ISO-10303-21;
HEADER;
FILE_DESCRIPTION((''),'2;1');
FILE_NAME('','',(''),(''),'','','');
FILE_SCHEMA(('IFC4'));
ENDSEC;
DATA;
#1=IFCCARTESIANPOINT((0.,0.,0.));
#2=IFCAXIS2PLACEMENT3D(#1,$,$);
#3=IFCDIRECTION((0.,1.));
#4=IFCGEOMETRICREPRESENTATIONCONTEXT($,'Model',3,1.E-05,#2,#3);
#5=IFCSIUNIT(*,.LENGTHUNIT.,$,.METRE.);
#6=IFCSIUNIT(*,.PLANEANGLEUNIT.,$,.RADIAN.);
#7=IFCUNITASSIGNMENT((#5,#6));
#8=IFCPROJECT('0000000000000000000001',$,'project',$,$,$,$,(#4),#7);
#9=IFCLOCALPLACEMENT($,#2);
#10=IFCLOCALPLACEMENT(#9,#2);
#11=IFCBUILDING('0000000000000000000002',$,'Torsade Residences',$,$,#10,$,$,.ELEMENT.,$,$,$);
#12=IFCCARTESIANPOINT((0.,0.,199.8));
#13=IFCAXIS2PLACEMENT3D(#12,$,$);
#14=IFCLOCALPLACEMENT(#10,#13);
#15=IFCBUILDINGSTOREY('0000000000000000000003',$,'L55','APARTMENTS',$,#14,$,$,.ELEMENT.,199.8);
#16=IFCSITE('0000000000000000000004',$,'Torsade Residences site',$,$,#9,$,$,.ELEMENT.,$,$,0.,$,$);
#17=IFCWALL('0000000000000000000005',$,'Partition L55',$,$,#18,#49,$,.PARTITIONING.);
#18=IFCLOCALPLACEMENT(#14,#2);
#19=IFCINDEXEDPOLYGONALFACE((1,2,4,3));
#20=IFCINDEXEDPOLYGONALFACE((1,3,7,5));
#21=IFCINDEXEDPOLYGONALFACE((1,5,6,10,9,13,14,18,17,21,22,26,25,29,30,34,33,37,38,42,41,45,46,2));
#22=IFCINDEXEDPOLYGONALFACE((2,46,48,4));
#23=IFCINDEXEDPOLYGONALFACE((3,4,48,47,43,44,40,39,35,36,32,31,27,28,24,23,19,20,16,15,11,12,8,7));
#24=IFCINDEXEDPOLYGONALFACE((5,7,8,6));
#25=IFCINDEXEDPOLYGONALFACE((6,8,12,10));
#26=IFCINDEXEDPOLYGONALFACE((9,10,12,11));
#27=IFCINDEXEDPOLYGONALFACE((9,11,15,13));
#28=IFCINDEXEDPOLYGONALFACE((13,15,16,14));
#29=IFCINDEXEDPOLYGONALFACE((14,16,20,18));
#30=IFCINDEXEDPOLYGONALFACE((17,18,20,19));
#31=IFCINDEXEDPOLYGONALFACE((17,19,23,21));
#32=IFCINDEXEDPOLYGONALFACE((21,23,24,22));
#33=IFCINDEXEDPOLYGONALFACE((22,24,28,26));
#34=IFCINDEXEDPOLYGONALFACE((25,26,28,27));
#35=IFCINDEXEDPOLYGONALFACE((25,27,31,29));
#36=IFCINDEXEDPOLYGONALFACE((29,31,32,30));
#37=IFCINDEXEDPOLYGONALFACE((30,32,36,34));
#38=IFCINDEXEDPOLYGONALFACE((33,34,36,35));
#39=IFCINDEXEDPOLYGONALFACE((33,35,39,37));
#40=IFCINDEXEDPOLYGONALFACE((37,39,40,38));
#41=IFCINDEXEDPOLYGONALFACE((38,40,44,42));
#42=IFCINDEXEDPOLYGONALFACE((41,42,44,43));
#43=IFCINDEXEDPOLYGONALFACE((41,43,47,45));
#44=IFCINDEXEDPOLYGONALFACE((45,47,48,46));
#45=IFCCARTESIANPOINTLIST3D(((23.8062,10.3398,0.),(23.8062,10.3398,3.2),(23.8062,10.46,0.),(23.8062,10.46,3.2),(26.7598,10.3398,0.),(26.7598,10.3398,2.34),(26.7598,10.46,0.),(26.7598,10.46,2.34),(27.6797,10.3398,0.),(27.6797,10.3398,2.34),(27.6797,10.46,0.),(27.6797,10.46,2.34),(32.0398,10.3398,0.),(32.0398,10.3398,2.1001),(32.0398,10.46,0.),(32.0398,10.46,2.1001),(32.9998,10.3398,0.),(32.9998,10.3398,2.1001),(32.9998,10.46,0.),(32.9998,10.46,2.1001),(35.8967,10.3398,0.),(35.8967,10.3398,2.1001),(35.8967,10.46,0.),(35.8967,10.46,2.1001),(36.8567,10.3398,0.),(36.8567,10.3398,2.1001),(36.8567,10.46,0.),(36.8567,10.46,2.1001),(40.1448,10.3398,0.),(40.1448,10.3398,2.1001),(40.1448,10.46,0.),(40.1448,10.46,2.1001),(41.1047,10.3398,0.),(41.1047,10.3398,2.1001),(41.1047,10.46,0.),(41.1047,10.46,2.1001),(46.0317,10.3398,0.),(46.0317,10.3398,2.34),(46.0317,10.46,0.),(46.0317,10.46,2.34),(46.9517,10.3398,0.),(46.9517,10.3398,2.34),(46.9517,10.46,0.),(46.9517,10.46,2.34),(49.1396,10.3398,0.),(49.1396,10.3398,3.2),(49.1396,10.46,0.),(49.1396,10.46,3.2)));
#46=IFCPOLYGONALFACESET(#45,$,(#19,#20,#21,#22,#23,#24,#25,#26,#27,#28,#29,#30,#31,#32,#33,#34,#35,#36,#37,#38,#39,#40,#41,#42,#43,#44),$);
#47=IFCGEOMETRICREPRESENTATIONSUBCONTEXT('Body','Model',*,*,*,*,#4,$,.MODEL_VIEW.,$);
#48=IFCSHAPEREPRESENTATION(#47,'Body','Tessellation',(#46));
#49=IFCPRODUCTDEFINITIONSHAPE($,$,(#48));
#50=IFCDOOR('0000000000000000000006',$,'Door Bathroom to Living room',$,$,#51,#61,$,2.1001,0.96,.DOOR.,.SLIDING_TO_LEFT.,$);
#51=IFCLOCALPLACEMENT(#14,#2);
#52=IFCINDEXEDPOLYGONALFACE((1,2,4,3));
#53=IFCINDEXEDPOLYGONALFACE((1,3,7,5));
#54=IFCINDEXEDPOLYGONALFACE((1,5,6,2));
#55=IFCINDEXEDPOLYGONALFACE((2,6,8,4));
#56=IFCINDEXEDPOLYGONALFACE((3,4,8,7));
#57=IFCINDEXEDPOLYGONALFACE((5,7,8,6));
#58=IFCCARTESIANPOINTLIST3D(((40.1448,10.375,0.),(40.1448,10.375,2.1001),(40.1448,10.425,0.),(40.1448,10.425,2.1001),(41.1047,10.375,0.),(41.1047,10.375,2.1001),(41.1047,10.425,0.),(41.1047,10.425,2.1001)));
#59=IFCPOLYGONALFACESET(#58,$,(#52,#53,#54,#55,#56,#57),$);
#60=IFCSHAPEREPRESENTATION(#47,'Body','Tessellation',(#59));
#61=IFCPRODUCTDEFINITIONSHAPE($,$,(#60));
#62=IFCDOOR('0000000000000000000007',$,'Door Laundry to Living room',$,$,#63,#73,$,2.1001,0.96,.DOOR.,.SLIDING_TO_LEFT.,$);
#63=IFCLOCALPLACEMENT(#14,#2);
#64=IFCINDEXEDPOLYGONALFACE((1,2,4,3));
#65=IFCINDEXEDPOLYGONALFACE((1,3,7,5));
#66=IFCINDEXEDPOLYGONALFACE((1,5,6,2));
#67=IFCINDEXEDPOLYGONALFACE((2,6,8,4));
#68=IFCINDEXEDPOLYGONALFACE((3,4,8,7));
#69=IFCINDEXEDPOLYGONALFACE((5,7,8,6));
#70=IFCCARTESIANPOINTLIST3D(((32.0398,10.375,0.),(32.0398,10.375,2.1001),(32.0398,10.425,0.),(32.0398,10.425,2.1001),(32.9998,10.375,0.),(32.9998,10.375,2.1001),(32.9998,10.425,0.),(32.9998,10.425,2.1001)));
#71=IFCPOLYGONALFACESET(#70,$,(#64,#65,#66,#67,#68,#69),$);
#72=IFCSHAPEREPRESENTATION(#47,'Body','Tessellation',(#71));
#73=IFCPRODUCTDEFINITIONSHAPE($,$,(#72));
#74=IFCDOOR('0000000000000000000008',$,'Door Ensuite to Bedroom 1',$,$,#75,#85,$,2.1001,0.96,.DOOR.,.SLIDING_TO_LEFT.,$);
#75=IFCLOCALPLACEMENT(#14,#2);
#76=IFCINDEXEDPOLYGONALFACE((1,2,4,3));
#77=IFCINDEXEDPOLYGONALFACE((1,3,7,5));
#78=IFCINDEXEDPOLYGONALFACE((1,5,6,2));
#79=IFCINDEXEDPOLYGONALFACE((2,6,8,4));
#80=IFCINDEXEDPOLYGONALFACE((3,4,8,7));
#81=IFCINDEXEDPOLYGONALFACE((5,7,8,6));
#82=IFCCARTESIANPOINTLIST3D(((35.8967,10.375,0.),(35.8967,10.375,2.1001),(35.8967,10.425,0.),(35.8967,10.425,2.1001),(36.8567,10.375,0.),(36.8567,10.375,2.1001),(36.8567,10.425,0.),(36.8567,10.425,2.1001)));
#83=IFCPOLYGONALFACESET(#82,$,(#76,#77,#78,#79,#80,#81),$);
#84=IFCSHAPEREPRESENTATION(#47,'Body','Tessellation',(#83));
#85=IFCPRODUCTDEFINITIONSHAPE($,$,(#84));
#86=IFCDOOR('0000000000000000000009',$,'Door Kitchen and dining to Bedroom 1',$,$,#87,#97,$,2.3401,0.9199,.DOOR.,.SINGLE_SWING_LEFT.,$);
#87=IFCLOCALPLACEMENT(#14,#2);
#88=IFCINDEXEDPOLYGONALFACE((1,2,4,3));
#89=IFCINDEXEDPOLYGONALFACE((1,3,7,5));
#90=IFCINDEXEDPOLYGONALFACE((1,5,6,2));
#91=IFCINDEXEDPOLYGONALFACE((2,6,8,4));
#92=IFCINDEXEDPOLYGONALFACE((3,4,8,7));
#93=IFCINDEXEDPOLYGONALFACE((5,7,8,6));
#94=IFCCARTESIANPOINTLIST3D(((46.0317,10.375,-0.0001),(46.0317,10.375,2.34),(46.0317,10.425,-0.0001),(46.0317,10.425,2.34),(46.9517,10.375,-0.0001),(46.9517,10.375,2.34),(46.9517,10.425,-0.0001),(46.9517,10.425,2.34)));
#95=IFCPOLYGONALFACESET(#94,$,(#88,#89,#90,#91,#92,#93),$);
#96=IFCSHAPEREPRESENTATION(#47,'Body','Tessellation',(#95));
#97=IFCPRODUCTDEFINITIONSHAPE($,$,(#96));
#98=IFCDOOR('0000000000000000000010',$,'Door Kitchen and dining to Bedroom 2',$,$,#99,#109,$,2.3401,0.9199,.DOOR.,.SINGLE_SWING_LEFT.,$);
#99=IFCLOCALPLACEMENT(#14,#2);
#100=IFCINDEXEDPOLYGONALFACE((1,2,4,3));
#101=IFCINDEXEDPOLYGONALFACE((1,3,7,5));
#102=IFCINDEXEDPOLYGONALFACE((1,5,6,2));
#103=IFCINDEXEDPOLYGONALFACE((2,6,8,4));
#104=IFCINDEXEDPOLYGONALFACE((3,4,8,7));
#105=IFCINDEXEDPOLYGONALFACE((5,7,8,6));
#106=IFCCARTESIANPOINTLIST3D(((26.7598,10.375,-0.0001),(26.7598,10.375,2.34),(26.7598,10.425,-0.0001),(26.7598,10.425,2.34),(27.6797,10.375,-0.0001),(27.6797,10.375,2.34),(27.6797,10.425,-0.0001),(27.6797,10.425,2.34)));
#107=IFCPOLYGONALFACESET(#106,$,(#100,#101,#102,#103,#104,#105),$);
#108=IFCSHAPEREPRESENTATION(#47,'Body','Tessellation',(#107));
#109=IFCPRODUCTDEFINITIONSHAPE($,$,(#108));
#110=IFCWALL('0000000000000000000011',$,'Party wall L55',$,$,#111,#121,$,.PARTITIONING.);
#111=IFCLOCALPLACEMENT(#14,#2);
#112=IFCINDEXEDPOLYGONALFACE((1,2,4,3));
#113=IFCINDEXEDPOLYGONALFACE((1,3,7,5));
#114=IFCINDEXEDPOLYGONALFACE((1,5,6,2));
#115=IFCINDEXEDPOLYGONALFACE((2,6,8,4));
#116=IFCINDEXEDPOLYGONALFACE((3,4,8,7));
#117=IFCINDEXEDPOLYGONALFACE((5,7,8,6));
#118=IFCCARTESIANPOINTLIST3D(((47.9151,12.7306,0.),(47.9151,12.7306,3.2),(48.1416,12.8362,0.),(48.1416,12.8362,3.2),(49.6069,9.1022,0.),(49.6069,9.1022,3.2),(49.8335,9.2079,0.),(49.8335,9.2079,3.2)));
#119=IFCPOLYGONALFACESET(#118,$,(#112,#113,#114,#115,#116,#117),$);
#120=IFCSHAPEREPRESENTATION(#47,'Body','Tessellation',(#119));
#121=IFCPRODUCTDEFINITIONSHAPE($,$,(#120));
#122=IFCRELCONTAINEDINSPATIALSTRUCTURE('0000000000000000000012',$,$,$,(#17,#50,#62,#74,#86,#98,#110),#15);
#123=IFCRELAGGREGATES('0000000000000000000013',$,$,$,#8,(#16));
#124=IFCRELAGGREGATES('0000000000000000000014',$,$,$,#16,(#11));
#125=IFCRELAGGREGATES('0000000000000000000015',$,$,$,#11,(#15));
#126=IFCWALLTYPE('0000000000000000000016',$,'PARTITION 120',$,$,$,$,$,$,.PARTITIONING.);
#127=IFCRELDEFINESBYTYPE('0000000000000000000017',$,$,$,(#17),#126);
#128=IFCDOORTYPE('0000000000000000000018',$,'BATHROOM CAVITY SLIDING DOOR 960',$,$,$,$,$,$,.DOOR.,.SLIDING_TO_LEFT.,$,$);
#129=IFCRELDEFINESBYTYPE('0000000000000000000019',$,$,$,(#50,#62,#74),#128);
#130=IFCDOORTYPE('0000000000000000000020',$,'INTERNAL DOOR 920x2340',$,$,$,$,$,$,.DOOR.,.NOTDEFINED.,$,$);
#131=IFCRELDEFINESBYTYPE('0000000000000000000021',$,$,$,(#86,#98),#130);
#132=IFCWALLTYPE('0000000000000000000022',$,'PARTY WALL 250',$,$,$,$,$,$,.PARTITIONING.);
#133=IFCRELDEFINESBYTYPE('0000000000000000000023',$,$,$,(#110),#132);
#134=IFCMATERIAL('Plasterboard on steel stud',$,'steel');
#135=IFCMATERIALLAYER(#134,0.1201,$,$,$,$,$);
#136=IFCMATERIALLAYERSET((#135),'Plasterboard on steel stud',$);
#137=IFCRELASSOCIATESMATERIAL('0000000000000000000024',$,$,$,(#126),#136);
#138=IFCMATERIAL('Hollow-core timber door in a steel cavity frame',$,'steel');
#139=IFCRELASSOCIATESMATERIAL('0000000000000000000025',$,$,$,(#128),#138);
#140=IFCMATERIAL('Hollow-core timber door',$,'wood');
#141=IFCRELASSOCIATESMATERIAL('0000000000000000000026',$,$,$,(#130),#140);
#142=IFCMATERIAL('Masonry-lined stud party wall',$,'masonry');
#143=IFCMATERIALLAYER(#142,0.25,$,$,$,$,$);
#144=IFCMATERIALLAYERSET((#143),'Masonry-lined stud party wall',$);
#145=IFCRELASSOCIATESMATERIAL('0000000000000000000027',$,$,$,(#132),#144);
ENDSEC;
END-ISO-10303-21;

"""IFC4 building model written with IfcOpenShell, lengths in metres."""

from ifc_helpers import new_model, si_unit, direction, frame, frame_2d, origin, place, context, subcontext, project, spatial, rectangle, extrude, material, layer, layer_set, type_object, element, fill, save


model = new_model("IFC4")

# Units and contexts
model_context = context("Model", 3, precision=1e-05, world=origin(), true_north=direction((0.0, 1.0)))
body_context = subcontext(model_context, "Body", "Model", "MODEL_VIEW")
ifc_project = project(units=[si_unit("LENGTHUNIT", "METRE"), si_unit("PLANEANGLEUNIT", "RADIAN")], contexts=[model_context])

# Site, building, storey
site_placement = place(None, origin())
site = spatial("IfcSite", under=ifc_project, at=site_placement, Name="Torsade Residences site", CompositionType="ELEMENT", RefElevation=0.0)
building_placement = place(site_placement, origin())
building = spatial("IfcBuilding", under=site, at=building_placement, Name="Torsade Residences", CompositionType="ELEMENT")
storey_placement = place(building_placement, frame((0.0, 0.0, 199.8)))
storey = spatial("IfcBuildingStorey", under=building, at=storey_placement, Name="L55", Description="APARTMENTS", CompositionType="ELEMENT", Elevation=199.8)

# Wall, openings, doors
ifc_material_1 = material(Name="Plasterboard on steel stud", Category="steel")
ifc_layer_1 = layer(ifc_material_1, 0.1201)
ifc_layer_set_1 = layer_set([ifc_layer_1], Name="Plasterboard on steel stud")
wall_type_1 = type_object("IfcWallType", Name="PARTITION 120", PredefinedType="PARTITIONING", material=ifc_layer_set_1)
wall_1_placement = place(storey_placement, frame((49.1396, 10.3999, 0.0), z_axis=(0.0, 0.0, 1.0), x_axis=(-1.0, 0.0, 0.0)))
wall_1 = element("IfcWall", 1, at=wall_1_placement, inside=storey, type_object=wall_type_1, Name="Partition L55", PredefinedType="PARTITIONING", context=body_context, shape_type="SweptSolid", body=[
    extrude(rectangle(XDim=25.3335, YDim=0.1201, at=frame_2d((12.6667, 0.0))), origin(), (0.0, 0.0, 1.0), 3.2),
])
opening_1_placement = place(wall_1_placement, frame((2.188, 0.0, 0.0)))
opening_1 = element("IfcOpeningElement", 2, at=opening_1_placement, cuts=wall_1, PredefinedType="OPENING", context=body_context, shape_type="SweptSolid", body=[
    extrude(rectangle(XDim=0.9199, YDim=2.3401, at=frame_2d((0.46, 1.1699))), frame((0.0, 0.0701, 0.0), z_axis=(0.0, -1.0, 0.0), x_axis=(1.0, 0.0, 0.0)), (0.0, 0.0, 1.0), 0.1401),
])
opening_2_placement = place(wall_1_placement, frame((21.46, 0.0, 0.0)))
opening_2 = element("IfcOpeningElement", 3, at=opening_2_placement, cuts=wall_1, PredefinedType="OPENING", context=body_context, shape_type="SweptSolid", body=[
    extrude(rectangle(XDim=0.9199, YDim=2.3401, at=frame_2d((0.46, 1.1699))), frame((0.0, 0.0701, 0.0), z_axis=(0.0, -1.0, 0.0), x_axis=(1.0, 0.0, 0.0)), (0.0, 0.0, 1.0), 0.1401),
])
opening_3_placement = place(wall_1_placement, frame((8.0349, 0.0, 0.0)))
opening_3 = element("IfcOpeningElement", 4, at=opening_3_placement, cuts=wall_1, PredefinedType="OPENING", context=body_context, shape_type="SweptSolid", body=[
    extrude(rectangle(XDim=0.96, YDim=2.1001, at=frame_2d((0.48, 1.05))), frame((0.0, 0.0701, 0.0), z_axis=(0.0, -1.0, 0.0), x_axis=(1.0, 0.0, 0.0)), (0.0, 0.0, 1.0), 0.1401),
])
opening_4_placement = place(wall_1_placement, frame((16.1399, 0.0, 0.0)))
opening_4 = element("IfcOpeningElement", 5, at=opening_4_placement, cuts=wall_1, PredefinedType="OPENING", context=body_context, shape_type="SweptSolid", body=[
    extrude(rectangle(XDim=0.96, YDim=2.1001, at=frame_2d((0.48, 1.05))), frame((0.0, 0.0701, 0.0), z_axis=(0.0, -1.0, 0.0), x_axis=(1.0, 0.0, 0.0)), (0.0, 0.0, 1.0), 0.1401),
])
opening_5_placement = place(wall_1_placement, frame((12.283, 0.0, 0.0)))
opening_5 = element("IfcOpeningElement", 6, at=opening_5_placement, cuts=wall_1, PredefinedType="OPENING", context=body_context, shape_type="SweptSolid", body=[
    extrude(rectangle(XDim=0.96, YDim=2.1001, at=frame_2d((0.48, 1.05))), frame((0.0, 0.0701, 0.0), z_axis=(0.0, -1.0, 0.0), x_axis=(1.0, 0.0, 0.0)), (0.0, 0.0, 1.0), 0.1401),
])
ifc_material_2 = material(Name="Hollow-core timber door in a steel cavity frame", Category="steel")
door_type_1 = type_object("IfcDoorType", Name="BATHROOM CAVITY SLIDING DOOR 960", OperationType="SLIDING_TO_LEFT", PredefinedType="DOOR", material=ifc_material_2)
door_1_placement = place(opening_3_placement, origin())
door_1 = element("IfcDoor", 7, at=door_1_placement, inside=storey, type_object=door_type_1, Name="Door Bathroom to Living room", OperationType="SLIDING_TO_LEFT", OverallHeight=2.1001, OverallWidth=0.96, PredefinedType="DOOR", context=body_context, shape_type="SweptSolid", body=[
    extrude(rectangle(XDim=0.96, YDim=2.1001, at=frame_2d((0.48, 1.05))), frame((0.0, 0.0249, 0.0), z_axis=(0.0, -1.0, 0.0), x_axis=(1.0, 0.0, 0.0)), (0.0, 0.0, 1.0), 0.05),
])
fill(opening_3, door_1)
door_2_placement = place(opening_4_placement, origin())
door_2 = element("IfcDoor", 8, at=door_2_placement, inside=storey, type_object=door_type_1, Name="Door Laundry to Living room", OperationType="SLIDING_TO_LEFT", OverallHeight=2.1001, OverallWidth=0.96, PredefinedType="DOOR", context=body_context, shape_type="SweptSolid", body=[
    extrude(rectangle(XDim=0.96, YDim=2.1001, at=frame_2d((0.48, 1.05))), frame((0.0, 0.0249, 0.0), z_axis=(0.0, -1.0, 0.0), x_axis=(1.0, 0.0, 0.0)), (0.0, 0.0, 1.0), 0.05),
])
fill(opening_4, door_2)
door_3_placement = place(opening_5_placement, origin())
door_3 = element("IfcDoor", 9, at=door_3_placement, inside=storey, type_object=door_type_1, Name="Door Ensuite to Bedroom 1", OperationType="SLIDING_TO_LEFT", OverallHeight=2.1001, OverallWidth=0.96, PredefinedType="DOOR", context=body_context, shape_type="SweptSolid", body=[
    extrude(rectangle(XDim=0.96, YDim=2.1001, at=frame_2d((0.48, 1.05))), frame((0.0, 0.0249, 0.0), z_axis=(0.0, -1.0, 0.0), x_axis=(1.0, 0.0, 0.0)), (0.0, 0.0, 1.0), 0.05),
])
fill(opening_5, door_3)
ifc_material_3 = material(Name="Hollow-core timber door", Category="wood")
door_type_2 = type_object("IfcDoorType", Name="INTERNAL DOOR 920x2340", OperationType="NOTDEFINED", PredefinedType="DOOR", material=ifc_material_3)
door_4_placement = place(opening_1_placement, origin())
door_4 = element("IfcDoor", 10, at=door_4_placement, inside=storey, type_object=door_type_2, Name="Door Kitchen and dining to Bedroom 1", OperationType="SINGLE_SWING_LEFT", OverallHeight=2.3401, OverallWidth=0.9199, PredefinedType="DOOR", context=body_context, shape_type="SweptSolid", body=[
    extrude(rectangle(XDim=0.9199, YDim=2.3401, at=frame_2d((0.46, 1.1699))), frame((0.0, 0.0249, 0.0), z_axis=(0.0, -1.0, 0.0), x_axis=(1.0, 0.0, 0.0)), (0.0, 0.0, 1.0), 0.05),
])
fill(opening_1, door_4)
door_5_placement = place(opening_2_placement, origin())
door_5 = element("IfcDoor", 11, at=door_5_placement, inside=storey, type_object=door_type_2, Name="Door Kitchen and dining to Bedroom 2", OperationType="SINGLE_SWING_LEFT", OverallHeight=2.3401, OverallWidth=0.9199, PredefinedType="DOOR", context=body_context, shape_type="SweptSolid", body=[
    extrude(rectangle(XDim=0.9199, YDim=2.3401, at=frame_2d((0.46, 1.1699))), frame((0.0, 0.0249, 0.0), z_axis=(0.0, -1.0, 0.0), x_axis=(1.0, 0.0, 0.0)), (0.0, 0.0, 1.0), 0.05),
])
fill(opening_2, door_5)

# Wall
ifc_material_4 = material(Name="Masonry-lined stud party wall", Category="masonry")
ifc_layer_2 = layer(ifc_material_4, 0.25)
ifc_layer_set_2 = layer_set([ifc_layer_2], Name="Masonry-lined stud party wall")
wall_type_2 = type_object("IfcWallType", Name="PARTY WALL 250", PredefinedType="PARTITIONING", material=ifc_layer_set_2)
wall_2_placement = place(storey_placement, frame((49.7202, 9.155, 0.0), z_axis=(0.0, 0.0, 1.0), x_axis=(-0.422605, 0.906314, 0.0)))
element("IfcWall", 12, at=wall_2_placement, inside=storey, type_object=wall_type_2, Name="Party wall L55", PredefinedType="PARTITIONING", context=body_context, shape_type="SweptSolid", body=[
    extrude(rectangle(XDim=4.0034, YDim=0.25, at=frame_2d((2.0017, 0.0))), origin(), (0.0, 0.0, 1.0), 3.2),
])

save(model, "model.ifc")
